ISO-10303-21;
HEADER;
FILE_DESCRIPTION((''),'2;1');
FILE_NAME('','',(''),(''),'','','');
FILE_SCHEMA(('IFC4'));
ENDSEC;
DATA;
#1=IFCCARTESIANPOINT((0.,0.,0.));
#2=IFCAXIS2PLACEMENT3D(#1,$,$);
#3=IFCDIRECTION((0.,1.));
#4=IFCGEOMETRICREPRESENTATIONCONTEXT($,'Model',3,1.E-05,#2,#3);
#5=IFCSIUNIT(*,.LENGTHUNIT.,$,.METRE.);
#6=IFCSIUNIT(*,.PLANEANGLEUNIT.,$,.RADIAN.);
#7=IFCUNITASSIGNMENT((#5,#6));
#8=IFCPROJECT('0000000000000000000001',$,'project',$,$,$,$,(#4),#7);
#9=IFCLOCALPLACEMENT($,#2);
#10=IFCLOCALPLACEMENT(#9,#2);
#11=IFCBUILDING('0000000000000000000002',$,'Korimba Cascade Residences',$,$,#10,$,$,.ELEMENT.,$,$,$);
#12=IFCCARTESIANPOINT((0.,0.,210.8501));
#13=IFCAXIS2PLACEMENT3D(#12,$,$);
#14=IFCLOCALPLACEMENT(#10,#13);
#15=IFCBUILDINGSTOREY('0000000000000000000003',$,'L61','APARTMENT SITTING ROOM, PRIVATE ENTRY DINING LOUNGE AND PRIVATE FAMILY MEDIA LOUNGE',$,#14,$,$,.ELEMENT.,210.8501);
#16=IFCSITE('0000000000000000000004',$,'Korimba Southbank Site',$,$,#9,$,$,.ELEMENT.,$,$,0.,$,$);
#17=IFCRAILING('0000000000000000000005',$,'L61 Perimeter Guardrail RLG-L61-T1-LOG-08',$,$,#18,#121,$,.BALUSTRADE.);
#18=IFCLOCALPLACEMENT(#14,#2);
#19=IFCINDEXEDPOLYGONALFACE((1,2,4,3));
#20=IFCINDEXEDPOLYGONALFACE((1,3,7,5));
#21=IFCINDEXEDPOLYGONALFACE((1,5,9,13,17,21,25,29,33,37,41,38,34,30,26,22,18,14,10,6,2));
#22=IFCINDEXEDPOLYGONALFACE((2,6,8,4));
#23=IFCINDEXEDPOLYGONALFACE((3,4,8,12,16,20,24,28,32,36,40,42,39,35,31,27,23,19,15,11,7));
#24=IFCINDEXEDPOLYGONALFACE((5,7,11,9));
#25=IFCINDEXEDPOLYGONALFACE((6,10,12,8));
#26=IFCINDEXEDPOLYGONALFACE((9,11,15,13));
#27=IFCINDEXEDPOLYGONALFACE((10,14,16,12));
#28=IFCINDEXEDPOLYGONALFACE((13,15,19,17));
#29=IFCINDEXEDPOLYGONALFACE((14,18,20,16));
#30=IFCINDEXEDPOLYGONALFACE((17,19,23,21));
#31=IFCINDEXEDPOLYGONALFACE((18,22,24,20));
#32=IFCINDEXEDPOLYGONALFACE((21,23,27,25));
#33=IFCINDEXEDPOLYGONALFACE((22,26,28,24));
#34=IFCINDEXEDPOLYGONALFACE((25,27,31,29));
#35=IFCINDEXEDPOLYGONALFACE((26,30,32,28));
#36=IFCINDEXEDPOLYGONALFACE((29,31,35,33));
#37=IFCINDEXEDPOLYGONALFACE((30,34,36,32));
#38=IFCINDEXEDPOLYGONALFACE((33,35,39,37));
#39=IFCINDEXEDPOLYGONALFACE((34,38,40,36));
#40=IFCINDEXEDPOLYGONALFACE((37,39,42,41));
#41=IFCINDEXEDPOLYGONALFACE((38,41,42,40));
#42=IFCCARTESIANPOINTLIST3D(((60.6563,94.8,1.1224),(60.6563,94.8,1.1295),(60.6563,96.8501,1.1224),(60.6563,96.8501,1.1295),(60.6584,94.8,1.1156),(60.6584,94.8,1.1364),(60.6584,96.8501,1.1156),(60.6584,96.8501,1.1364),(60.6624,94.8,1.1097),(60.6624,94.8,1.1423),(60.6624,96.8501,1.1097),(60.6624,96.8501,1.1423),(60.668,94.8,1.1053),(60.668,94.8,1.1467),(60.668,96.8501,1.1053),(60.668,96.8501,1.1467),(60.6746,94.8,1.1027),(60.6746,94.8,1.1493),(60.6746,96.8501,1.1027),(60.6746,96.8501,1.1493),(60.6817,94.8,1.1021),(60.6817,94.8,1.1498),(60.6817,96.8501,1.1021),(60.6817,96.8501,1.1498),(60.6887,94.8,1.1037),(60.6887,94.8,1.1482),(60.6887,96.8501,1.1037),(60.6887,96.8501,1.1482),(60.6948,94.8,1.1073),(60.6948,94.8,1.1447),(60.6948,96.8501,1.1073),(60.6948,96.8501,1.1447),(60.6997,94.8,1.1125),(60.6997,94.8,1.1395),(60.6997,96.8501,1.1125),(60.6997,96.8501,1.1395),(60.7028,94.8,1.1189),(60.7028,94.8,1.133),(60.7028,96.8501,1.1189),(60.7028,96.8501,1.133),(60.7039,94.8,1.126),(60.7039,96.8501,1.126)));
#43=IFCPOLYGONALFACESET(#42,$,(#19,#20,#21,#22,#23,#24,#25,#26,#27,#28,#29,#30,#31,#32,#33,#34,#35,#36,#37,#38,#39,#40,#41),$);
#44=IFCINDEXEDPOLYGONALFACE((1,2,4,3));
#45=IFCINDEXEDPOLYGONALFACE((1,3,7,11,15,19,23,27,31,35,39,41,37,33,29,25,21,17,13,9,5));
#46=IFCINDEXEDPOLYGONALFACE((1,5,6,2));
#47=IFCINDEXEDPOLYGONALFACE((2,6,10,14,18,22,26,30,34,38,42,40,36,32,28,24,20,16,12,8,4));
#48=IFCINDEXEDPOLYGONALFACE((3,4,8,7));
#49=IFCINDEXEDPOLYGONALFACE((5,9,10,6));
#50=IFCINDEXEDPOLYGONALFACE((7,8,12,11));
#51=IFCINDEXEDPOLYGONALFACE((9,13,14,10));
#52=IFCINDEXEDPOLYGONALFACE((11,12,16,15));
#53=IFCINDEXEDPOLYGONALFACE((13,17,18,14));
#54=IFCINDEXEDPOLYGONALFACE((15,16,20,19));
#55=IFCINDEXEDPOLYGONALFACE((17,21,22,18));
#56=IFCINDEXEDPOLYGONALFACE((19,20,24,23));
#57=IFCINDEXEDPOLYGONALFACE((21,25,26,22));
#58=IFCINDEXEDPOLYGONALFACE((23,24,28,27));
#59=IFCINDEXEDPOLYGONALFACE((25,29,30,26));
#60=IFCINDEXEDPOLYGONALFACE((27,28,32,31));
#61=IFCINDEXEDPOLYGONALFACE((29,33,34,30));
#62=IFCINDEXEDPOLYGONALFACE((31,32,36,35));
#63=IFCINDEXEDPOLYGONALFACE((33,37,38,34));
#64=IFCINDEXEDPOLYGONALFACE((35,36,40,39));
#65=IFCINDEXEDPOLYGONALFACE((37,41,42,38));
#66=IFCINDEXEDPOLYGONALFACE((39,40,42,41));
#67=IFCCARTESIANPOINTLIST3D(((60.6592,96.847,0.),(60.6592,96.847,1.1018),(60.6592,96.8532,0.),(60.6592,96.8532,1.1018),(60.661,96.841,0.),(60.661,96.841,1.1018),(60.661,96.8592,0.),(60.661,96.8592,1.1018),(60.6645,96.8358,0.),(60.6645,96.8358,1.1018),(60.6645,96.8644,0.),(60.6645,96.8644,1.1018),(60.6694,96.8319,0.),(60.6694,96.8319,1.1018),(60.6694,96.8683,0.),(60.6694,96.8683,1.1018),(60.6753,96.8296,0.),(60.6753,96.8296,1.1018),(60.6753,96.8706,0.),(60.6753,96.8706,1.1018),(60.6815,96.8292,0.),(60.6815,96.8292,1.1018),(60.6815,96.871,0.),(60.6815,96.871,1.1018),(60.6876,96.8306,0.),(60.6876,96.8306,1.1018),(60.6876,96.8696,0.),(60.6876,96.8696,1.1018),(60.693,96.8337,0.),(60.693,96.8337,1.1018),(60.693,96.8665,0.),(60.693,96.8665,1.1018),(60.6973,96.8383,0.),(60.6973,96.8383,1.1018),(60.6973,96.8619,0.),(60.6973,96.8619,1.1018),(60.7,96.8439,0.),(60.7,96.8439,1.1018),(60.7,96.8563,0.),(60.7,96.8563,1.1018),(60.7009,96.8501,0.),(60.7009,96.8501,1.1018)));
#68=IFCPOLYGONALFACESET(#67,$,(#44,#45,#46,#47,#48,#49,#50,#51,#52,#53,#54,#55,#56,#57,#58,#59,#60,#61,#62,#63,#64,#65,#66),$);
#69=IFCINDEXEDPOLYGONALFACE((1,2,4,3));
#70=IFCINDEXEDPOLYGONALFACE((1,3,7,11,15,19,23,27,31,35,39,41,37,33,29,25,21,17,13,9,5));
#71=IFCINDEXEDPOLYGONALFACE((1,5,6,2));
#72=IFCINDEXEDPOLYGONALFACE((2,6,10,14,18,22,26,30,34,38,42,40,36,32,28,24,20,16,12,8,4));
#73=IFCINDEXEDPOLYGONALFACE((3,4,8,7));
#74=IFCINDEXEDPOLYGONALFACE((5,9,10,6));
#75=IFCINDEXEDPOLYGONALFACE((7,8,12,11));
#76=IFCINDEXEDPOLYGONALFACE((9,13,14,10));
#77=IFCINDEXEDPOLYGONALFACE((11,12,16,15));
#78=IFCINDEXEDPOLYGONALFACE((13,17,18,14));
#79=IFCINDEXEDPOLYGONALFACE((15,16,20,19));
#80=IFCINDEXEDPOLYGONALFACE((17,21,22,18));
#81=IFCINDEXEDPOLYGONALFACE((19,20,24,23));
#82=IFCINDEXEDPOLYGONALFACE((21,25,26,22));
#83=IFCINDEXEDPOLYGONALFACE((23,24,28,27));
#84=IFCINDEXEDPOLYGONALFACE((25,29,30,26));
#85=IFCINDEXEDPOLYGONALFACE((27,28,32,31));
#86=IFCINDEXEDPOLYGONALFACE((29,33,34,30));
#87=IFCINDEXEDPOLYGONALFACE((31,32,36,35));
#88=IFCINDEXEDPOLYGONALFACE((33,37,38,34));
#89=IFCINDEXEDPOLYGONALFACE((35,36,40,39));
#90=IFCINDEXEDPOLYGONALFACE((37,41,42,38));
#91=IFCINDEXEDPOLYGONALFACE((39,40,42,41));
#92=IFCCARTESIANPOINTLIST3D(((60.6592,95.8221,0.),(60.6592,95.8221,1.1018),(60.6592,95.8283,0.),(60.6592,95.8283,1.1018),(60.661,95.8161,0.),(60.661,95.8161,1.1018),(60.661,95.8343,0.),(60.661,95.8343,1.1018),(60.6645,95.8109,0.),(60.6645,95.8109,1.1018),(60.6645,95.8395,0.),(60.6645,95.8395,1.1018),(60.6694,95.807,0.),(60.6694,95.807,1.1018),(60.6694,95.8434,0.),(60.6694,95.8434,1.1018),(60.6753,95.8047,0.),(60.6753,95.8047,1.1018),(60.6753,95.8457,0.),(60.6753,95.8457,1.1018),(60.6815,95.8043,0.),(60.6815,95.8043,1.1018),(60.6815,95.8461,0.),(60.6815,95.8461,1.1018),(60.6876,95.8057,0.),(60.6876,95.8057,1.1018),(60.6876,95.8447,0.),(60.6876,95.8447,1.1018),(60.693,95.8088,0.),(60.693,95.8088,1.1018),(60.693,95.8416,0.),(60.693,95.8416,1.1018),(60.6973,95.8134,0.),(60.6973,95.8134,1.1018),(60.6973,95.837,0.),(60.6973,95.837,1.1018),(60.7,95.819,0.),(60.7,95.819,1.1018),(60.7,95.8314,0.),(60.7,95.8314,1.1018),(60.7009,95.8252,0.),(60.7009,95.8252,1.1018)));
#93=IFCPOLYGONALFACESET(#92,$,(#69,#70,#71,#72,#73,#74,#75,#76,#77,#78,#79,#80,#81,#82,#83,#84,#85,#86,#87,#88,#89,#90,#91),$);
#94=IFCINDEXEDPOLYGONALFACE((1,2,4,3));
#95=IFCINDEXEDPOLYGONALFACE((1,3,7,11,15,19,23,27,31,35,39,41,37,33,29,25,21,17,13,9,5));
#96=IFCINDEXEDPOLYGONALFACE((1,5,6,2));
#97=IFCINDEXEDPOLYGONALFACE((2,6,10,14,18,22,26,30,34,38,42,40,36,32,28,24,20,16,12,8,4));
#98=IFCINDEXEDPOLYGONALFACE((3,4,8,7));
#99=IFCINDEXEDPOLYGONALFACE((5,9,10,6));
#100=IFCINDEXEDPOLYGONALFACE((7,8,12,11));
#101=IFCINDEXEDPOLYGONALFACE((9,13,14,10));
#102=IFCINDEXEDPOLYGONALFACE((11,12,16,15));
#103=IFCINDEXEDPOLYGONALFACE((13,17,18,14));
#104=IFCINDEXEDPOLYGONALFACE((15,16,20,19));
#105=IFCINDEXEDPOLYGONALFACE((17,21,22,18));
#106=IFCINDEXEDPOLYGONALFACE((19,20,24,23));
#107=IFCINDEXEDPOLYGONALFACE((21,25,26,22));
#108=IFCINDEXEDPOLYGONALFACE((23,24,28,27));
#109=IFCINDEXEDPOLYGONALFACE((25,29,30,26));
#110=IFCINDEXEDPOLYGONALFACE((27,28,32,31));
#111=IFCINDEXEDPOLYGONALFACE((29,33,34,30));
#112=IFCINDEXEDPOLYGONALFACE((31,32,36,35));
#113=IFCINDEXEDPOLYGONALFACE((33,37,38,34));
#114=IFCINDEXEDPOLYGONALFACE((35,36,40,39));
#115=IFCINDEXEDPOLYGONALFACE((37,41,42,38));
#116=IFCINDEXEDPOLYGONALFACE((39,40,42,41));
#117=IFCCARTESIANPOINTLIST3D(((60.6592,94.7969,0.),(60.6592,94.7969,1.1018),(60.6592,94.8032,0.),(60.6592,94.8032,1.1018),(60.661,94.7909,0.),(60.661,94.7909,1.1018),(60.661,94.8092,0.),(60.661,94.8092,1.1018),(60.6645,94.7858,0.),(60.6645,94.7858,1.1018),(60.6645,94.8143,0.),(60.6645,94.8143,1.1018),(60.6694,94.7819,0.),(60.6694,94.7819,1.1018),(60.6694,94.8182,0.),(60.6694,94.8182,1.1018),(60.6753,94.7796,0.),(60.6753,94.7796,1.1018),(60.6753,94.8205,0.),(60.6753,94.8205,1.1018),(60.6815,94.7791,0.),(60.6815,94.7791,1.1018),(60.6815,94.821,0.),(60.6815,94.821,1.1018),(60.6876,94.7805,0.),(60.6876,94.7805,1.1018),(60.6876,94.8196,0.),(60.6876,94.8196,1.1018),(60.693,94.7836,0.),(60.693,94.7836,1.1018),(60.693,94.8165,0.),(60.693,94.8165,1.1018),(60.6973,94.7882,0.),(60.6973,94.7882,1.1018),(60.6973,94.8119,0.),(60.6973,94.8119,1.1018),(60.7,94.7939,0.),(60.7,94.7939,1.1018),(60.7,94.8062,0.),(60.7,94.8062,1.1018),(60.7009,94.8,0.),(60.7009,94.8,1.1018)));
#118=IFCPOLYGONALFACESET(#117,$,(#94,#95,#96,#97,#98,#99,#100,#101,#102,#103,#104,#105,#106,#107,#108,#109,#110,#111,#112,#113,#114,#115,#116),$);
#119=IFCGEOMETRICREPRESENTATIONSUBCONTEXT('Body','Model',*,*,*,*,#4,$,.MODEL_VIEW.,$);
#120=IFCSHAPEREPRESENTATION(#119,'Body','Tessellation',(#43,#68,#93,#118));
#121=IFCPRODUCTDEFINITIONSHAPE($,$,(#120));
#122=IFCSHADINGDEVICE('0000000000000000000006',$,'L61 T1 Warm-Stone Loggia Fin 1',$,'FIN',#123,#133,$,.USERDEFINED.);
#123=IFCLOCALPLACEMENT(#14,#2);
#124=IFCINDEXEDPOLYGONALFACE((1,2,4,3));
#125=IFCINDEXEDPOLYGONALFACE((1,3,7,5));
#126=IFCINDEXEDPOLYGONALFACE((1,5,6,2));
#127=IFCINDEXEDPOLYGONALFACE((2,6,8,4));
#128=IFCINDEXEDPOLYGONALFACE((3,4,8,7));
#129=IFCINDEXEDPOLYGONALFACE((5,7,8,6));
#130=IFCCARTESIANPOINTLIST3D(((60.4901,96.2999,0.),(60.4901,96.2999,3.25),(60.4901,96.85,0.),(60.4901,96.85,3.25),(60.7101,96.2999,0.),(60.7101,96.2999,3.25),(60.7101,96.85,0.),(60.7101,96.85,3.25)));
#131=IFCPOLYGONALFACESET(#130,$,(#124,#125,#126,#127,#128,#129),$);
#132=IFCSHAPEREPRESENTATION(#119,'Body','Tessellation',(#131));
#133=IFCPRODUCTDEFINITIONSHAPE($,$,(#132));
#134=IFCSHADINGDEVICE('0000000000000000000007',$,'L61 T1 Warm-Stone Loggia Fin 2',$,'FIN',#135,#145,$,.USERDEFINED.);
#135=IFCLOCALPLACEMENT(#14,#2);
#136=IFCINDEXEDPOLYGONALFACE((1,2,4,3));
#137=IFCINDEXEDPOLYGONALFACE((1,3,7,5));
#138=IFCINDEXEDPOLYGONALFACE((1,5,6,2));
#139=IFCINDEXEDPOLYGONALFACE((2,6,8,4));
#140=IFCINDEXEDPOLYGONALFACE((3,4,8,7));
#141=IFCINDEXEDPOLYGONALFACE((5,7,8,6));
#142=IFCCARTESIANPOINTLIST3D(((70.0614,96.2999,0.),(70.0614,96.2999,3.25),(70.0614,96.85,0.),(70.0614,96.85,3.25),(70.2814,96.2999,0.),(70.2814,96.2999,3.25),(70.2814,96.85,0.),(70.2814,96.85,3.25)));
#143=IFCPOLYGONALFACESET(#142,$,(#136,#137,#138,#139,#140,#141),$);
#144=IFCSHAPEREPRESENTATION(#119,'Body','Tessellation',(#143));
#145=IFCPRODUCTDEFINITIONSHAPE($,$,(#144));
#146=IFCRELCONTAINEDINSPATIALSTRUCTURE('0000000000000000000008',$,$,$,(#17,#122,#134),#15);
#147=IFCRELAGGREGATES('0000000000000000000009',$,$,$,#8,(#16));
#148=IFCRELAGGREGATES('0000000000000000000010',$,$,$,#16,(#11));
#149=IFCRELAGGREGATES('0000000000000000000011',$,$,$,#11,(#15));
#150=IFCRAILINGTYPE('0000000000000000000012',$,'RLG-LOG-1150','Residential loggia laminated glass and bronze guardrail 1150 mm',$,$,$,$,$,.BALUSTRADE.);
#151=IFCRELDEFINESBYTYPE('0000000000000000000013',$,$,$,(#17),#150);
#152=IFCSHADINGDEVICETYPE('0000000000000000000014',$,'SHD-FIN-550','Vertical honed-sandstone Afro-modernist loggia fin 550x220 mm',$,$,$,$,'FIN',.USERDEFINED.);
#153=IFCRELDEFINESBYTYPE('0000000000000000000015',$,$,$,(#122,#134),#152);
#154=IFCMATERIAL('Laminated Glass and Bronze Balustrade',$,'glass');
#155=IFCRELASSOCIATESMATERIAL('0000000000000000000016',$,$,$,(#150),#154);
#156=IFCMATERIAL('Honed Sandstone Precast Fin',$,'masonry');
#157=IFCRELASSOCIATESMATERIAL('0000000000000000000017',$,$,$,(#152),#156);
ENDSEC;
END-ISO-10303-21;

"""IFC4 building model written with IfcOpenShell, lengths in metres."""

from ifc_helpers import new_model, si_unit, direction, frame, origin, origin_2d, place, context, subcontext, project, spatial, rectangle, circle, extrude, material, type_object, element, save


model = new_model("IFC4")

# Units and contexts
model_context = context("Model", 3, precision=1e-05, world=origin(), true_north=direction((0.0, 1.0)))
body_context = subcontext(model_context, "Body", "Model", "MODEL_VIEW")
ifc_project = project(units=[si_unit("LENGTHUNIT", "METRE"), si_unit("PLANEANGLEUNIT", "RADIAN")], contexts=[model_context])

# Site, building, storey
site_placement = place(None, origin())
site = spatial("IfcSite", under=ifc_project, at=site_placement, Name="Korimba Southbank Site", CompositionType="ELEMENT", RefElevation=0.0)
building_placement = place(site_placement, origin())
building = spatial("IfcBuilding", under=site, at=building_placement, Name="Korimba Cascade Residences", CompositionType="ELEMENT")
storey_placement = place(building_placement, frame((0.0, 0.0, 210.8501)))
storey = spatial("IfcBuildingStorey", under=building, at=storey_placement, Name="L61", Description="APARTMENT SITTING ROOM, PRIVATE ENTRY DINING LOUNGE AND PRIVATE FAMILY MEDIA LOUNGE", CompositionType="ELEMENT", Elevation=210.8501)

# Railing
ifc_material_1 = material(Name="Laminated Glass and Bronze Balustrade", Category="glass")
railing_type = type_object("IfcRailingType", Name="RLG-LOG-1150", Description="Residential loggia laminated glass and bronze guardrail 1150 mm", PredefinedType="BALUSTRADE", material=ifc_material_1)
railing_1_placement = place(storey_placement, frame((60.6799, 96.8501, 0.0)))
element("IfcRailing", 1, at=railing_1_placement, inside=storey, type_object=railing_type, Name="L61 Perimeter Guardrail RLG-L61-T1-LOG-08", PredefinedType="BALUSTRADE", context=body_context, shape_type="SweptSolid", body=[
    extrude(circle(Radius=0.0239, at=origin_2d()), frame((0.0, 0.0, 1.126), z_axis=(0.0, -1.0, 0.0), x_axis=(1.0, 0.0, 0.0)), (0.0, 0.0, 1.0), 2.05),
    extrude(circle(Radius=0.021, at=origin_2d()), origin(), (0.0, 0.0, 1.0), 1.1018),
    extrude(circle(Radius=0.021, at=origin_2d()), frame((0.0, -1.0249, 0.0)), (0.0, 0.0, 1.0), 1.1018),
    extrude(circle(Radius=0.021, at=origin_2d()), frame((0.0, -2.05, 0.0)), (0.0, 0.0, 1.0), 1.1018),
])

# Shading devices
ifc_material_2 = material(Name="Honed Sandstone Precast Fin", Category="masonry")
shading_device_type = type_object("IfcShadingDeviceType", Name="SHD-FIN-550", Description="Vertical honed-sandstone Afro-modernist loggia fin 550x220 mm", ElementType="FIN", PredefinedType="USERDEFINED", material=ifc_material_2)
for number, where, z_axis, x_axis, name in (
    (2, (60.6001, 96.575, 0.0), (0.0, 0.0, 1.0), (1.0, 0.0, 0.0), "L61 T1 Warm-Stone Loggia Fin 1"),
    (3, (70.1714, 96.575, 0.0), (0.0, 0.0, 1.0), (1.0, 0.0, 0.0), "L61 T1 Warm-Stone Loggia Fin 2"),
):
    element("IfcShadingDevice", number, at=place(storey_placement, frame(where, z_axis=z_axis, x_axis=x_axis)), inside=storey, type_object=shading_device_type, Name=name, ObjectType="FIN", PredefinedType="USERDEFINED", context=body_context, shape_type="SweptSolid", body=[
        extrude(rectangle(XDim=0.22, YDim=0.55, at=origin_2d()), origin(), (0.0, 0.0, 1.0), 3.25),
    ])

save(model, "model.ifc")
